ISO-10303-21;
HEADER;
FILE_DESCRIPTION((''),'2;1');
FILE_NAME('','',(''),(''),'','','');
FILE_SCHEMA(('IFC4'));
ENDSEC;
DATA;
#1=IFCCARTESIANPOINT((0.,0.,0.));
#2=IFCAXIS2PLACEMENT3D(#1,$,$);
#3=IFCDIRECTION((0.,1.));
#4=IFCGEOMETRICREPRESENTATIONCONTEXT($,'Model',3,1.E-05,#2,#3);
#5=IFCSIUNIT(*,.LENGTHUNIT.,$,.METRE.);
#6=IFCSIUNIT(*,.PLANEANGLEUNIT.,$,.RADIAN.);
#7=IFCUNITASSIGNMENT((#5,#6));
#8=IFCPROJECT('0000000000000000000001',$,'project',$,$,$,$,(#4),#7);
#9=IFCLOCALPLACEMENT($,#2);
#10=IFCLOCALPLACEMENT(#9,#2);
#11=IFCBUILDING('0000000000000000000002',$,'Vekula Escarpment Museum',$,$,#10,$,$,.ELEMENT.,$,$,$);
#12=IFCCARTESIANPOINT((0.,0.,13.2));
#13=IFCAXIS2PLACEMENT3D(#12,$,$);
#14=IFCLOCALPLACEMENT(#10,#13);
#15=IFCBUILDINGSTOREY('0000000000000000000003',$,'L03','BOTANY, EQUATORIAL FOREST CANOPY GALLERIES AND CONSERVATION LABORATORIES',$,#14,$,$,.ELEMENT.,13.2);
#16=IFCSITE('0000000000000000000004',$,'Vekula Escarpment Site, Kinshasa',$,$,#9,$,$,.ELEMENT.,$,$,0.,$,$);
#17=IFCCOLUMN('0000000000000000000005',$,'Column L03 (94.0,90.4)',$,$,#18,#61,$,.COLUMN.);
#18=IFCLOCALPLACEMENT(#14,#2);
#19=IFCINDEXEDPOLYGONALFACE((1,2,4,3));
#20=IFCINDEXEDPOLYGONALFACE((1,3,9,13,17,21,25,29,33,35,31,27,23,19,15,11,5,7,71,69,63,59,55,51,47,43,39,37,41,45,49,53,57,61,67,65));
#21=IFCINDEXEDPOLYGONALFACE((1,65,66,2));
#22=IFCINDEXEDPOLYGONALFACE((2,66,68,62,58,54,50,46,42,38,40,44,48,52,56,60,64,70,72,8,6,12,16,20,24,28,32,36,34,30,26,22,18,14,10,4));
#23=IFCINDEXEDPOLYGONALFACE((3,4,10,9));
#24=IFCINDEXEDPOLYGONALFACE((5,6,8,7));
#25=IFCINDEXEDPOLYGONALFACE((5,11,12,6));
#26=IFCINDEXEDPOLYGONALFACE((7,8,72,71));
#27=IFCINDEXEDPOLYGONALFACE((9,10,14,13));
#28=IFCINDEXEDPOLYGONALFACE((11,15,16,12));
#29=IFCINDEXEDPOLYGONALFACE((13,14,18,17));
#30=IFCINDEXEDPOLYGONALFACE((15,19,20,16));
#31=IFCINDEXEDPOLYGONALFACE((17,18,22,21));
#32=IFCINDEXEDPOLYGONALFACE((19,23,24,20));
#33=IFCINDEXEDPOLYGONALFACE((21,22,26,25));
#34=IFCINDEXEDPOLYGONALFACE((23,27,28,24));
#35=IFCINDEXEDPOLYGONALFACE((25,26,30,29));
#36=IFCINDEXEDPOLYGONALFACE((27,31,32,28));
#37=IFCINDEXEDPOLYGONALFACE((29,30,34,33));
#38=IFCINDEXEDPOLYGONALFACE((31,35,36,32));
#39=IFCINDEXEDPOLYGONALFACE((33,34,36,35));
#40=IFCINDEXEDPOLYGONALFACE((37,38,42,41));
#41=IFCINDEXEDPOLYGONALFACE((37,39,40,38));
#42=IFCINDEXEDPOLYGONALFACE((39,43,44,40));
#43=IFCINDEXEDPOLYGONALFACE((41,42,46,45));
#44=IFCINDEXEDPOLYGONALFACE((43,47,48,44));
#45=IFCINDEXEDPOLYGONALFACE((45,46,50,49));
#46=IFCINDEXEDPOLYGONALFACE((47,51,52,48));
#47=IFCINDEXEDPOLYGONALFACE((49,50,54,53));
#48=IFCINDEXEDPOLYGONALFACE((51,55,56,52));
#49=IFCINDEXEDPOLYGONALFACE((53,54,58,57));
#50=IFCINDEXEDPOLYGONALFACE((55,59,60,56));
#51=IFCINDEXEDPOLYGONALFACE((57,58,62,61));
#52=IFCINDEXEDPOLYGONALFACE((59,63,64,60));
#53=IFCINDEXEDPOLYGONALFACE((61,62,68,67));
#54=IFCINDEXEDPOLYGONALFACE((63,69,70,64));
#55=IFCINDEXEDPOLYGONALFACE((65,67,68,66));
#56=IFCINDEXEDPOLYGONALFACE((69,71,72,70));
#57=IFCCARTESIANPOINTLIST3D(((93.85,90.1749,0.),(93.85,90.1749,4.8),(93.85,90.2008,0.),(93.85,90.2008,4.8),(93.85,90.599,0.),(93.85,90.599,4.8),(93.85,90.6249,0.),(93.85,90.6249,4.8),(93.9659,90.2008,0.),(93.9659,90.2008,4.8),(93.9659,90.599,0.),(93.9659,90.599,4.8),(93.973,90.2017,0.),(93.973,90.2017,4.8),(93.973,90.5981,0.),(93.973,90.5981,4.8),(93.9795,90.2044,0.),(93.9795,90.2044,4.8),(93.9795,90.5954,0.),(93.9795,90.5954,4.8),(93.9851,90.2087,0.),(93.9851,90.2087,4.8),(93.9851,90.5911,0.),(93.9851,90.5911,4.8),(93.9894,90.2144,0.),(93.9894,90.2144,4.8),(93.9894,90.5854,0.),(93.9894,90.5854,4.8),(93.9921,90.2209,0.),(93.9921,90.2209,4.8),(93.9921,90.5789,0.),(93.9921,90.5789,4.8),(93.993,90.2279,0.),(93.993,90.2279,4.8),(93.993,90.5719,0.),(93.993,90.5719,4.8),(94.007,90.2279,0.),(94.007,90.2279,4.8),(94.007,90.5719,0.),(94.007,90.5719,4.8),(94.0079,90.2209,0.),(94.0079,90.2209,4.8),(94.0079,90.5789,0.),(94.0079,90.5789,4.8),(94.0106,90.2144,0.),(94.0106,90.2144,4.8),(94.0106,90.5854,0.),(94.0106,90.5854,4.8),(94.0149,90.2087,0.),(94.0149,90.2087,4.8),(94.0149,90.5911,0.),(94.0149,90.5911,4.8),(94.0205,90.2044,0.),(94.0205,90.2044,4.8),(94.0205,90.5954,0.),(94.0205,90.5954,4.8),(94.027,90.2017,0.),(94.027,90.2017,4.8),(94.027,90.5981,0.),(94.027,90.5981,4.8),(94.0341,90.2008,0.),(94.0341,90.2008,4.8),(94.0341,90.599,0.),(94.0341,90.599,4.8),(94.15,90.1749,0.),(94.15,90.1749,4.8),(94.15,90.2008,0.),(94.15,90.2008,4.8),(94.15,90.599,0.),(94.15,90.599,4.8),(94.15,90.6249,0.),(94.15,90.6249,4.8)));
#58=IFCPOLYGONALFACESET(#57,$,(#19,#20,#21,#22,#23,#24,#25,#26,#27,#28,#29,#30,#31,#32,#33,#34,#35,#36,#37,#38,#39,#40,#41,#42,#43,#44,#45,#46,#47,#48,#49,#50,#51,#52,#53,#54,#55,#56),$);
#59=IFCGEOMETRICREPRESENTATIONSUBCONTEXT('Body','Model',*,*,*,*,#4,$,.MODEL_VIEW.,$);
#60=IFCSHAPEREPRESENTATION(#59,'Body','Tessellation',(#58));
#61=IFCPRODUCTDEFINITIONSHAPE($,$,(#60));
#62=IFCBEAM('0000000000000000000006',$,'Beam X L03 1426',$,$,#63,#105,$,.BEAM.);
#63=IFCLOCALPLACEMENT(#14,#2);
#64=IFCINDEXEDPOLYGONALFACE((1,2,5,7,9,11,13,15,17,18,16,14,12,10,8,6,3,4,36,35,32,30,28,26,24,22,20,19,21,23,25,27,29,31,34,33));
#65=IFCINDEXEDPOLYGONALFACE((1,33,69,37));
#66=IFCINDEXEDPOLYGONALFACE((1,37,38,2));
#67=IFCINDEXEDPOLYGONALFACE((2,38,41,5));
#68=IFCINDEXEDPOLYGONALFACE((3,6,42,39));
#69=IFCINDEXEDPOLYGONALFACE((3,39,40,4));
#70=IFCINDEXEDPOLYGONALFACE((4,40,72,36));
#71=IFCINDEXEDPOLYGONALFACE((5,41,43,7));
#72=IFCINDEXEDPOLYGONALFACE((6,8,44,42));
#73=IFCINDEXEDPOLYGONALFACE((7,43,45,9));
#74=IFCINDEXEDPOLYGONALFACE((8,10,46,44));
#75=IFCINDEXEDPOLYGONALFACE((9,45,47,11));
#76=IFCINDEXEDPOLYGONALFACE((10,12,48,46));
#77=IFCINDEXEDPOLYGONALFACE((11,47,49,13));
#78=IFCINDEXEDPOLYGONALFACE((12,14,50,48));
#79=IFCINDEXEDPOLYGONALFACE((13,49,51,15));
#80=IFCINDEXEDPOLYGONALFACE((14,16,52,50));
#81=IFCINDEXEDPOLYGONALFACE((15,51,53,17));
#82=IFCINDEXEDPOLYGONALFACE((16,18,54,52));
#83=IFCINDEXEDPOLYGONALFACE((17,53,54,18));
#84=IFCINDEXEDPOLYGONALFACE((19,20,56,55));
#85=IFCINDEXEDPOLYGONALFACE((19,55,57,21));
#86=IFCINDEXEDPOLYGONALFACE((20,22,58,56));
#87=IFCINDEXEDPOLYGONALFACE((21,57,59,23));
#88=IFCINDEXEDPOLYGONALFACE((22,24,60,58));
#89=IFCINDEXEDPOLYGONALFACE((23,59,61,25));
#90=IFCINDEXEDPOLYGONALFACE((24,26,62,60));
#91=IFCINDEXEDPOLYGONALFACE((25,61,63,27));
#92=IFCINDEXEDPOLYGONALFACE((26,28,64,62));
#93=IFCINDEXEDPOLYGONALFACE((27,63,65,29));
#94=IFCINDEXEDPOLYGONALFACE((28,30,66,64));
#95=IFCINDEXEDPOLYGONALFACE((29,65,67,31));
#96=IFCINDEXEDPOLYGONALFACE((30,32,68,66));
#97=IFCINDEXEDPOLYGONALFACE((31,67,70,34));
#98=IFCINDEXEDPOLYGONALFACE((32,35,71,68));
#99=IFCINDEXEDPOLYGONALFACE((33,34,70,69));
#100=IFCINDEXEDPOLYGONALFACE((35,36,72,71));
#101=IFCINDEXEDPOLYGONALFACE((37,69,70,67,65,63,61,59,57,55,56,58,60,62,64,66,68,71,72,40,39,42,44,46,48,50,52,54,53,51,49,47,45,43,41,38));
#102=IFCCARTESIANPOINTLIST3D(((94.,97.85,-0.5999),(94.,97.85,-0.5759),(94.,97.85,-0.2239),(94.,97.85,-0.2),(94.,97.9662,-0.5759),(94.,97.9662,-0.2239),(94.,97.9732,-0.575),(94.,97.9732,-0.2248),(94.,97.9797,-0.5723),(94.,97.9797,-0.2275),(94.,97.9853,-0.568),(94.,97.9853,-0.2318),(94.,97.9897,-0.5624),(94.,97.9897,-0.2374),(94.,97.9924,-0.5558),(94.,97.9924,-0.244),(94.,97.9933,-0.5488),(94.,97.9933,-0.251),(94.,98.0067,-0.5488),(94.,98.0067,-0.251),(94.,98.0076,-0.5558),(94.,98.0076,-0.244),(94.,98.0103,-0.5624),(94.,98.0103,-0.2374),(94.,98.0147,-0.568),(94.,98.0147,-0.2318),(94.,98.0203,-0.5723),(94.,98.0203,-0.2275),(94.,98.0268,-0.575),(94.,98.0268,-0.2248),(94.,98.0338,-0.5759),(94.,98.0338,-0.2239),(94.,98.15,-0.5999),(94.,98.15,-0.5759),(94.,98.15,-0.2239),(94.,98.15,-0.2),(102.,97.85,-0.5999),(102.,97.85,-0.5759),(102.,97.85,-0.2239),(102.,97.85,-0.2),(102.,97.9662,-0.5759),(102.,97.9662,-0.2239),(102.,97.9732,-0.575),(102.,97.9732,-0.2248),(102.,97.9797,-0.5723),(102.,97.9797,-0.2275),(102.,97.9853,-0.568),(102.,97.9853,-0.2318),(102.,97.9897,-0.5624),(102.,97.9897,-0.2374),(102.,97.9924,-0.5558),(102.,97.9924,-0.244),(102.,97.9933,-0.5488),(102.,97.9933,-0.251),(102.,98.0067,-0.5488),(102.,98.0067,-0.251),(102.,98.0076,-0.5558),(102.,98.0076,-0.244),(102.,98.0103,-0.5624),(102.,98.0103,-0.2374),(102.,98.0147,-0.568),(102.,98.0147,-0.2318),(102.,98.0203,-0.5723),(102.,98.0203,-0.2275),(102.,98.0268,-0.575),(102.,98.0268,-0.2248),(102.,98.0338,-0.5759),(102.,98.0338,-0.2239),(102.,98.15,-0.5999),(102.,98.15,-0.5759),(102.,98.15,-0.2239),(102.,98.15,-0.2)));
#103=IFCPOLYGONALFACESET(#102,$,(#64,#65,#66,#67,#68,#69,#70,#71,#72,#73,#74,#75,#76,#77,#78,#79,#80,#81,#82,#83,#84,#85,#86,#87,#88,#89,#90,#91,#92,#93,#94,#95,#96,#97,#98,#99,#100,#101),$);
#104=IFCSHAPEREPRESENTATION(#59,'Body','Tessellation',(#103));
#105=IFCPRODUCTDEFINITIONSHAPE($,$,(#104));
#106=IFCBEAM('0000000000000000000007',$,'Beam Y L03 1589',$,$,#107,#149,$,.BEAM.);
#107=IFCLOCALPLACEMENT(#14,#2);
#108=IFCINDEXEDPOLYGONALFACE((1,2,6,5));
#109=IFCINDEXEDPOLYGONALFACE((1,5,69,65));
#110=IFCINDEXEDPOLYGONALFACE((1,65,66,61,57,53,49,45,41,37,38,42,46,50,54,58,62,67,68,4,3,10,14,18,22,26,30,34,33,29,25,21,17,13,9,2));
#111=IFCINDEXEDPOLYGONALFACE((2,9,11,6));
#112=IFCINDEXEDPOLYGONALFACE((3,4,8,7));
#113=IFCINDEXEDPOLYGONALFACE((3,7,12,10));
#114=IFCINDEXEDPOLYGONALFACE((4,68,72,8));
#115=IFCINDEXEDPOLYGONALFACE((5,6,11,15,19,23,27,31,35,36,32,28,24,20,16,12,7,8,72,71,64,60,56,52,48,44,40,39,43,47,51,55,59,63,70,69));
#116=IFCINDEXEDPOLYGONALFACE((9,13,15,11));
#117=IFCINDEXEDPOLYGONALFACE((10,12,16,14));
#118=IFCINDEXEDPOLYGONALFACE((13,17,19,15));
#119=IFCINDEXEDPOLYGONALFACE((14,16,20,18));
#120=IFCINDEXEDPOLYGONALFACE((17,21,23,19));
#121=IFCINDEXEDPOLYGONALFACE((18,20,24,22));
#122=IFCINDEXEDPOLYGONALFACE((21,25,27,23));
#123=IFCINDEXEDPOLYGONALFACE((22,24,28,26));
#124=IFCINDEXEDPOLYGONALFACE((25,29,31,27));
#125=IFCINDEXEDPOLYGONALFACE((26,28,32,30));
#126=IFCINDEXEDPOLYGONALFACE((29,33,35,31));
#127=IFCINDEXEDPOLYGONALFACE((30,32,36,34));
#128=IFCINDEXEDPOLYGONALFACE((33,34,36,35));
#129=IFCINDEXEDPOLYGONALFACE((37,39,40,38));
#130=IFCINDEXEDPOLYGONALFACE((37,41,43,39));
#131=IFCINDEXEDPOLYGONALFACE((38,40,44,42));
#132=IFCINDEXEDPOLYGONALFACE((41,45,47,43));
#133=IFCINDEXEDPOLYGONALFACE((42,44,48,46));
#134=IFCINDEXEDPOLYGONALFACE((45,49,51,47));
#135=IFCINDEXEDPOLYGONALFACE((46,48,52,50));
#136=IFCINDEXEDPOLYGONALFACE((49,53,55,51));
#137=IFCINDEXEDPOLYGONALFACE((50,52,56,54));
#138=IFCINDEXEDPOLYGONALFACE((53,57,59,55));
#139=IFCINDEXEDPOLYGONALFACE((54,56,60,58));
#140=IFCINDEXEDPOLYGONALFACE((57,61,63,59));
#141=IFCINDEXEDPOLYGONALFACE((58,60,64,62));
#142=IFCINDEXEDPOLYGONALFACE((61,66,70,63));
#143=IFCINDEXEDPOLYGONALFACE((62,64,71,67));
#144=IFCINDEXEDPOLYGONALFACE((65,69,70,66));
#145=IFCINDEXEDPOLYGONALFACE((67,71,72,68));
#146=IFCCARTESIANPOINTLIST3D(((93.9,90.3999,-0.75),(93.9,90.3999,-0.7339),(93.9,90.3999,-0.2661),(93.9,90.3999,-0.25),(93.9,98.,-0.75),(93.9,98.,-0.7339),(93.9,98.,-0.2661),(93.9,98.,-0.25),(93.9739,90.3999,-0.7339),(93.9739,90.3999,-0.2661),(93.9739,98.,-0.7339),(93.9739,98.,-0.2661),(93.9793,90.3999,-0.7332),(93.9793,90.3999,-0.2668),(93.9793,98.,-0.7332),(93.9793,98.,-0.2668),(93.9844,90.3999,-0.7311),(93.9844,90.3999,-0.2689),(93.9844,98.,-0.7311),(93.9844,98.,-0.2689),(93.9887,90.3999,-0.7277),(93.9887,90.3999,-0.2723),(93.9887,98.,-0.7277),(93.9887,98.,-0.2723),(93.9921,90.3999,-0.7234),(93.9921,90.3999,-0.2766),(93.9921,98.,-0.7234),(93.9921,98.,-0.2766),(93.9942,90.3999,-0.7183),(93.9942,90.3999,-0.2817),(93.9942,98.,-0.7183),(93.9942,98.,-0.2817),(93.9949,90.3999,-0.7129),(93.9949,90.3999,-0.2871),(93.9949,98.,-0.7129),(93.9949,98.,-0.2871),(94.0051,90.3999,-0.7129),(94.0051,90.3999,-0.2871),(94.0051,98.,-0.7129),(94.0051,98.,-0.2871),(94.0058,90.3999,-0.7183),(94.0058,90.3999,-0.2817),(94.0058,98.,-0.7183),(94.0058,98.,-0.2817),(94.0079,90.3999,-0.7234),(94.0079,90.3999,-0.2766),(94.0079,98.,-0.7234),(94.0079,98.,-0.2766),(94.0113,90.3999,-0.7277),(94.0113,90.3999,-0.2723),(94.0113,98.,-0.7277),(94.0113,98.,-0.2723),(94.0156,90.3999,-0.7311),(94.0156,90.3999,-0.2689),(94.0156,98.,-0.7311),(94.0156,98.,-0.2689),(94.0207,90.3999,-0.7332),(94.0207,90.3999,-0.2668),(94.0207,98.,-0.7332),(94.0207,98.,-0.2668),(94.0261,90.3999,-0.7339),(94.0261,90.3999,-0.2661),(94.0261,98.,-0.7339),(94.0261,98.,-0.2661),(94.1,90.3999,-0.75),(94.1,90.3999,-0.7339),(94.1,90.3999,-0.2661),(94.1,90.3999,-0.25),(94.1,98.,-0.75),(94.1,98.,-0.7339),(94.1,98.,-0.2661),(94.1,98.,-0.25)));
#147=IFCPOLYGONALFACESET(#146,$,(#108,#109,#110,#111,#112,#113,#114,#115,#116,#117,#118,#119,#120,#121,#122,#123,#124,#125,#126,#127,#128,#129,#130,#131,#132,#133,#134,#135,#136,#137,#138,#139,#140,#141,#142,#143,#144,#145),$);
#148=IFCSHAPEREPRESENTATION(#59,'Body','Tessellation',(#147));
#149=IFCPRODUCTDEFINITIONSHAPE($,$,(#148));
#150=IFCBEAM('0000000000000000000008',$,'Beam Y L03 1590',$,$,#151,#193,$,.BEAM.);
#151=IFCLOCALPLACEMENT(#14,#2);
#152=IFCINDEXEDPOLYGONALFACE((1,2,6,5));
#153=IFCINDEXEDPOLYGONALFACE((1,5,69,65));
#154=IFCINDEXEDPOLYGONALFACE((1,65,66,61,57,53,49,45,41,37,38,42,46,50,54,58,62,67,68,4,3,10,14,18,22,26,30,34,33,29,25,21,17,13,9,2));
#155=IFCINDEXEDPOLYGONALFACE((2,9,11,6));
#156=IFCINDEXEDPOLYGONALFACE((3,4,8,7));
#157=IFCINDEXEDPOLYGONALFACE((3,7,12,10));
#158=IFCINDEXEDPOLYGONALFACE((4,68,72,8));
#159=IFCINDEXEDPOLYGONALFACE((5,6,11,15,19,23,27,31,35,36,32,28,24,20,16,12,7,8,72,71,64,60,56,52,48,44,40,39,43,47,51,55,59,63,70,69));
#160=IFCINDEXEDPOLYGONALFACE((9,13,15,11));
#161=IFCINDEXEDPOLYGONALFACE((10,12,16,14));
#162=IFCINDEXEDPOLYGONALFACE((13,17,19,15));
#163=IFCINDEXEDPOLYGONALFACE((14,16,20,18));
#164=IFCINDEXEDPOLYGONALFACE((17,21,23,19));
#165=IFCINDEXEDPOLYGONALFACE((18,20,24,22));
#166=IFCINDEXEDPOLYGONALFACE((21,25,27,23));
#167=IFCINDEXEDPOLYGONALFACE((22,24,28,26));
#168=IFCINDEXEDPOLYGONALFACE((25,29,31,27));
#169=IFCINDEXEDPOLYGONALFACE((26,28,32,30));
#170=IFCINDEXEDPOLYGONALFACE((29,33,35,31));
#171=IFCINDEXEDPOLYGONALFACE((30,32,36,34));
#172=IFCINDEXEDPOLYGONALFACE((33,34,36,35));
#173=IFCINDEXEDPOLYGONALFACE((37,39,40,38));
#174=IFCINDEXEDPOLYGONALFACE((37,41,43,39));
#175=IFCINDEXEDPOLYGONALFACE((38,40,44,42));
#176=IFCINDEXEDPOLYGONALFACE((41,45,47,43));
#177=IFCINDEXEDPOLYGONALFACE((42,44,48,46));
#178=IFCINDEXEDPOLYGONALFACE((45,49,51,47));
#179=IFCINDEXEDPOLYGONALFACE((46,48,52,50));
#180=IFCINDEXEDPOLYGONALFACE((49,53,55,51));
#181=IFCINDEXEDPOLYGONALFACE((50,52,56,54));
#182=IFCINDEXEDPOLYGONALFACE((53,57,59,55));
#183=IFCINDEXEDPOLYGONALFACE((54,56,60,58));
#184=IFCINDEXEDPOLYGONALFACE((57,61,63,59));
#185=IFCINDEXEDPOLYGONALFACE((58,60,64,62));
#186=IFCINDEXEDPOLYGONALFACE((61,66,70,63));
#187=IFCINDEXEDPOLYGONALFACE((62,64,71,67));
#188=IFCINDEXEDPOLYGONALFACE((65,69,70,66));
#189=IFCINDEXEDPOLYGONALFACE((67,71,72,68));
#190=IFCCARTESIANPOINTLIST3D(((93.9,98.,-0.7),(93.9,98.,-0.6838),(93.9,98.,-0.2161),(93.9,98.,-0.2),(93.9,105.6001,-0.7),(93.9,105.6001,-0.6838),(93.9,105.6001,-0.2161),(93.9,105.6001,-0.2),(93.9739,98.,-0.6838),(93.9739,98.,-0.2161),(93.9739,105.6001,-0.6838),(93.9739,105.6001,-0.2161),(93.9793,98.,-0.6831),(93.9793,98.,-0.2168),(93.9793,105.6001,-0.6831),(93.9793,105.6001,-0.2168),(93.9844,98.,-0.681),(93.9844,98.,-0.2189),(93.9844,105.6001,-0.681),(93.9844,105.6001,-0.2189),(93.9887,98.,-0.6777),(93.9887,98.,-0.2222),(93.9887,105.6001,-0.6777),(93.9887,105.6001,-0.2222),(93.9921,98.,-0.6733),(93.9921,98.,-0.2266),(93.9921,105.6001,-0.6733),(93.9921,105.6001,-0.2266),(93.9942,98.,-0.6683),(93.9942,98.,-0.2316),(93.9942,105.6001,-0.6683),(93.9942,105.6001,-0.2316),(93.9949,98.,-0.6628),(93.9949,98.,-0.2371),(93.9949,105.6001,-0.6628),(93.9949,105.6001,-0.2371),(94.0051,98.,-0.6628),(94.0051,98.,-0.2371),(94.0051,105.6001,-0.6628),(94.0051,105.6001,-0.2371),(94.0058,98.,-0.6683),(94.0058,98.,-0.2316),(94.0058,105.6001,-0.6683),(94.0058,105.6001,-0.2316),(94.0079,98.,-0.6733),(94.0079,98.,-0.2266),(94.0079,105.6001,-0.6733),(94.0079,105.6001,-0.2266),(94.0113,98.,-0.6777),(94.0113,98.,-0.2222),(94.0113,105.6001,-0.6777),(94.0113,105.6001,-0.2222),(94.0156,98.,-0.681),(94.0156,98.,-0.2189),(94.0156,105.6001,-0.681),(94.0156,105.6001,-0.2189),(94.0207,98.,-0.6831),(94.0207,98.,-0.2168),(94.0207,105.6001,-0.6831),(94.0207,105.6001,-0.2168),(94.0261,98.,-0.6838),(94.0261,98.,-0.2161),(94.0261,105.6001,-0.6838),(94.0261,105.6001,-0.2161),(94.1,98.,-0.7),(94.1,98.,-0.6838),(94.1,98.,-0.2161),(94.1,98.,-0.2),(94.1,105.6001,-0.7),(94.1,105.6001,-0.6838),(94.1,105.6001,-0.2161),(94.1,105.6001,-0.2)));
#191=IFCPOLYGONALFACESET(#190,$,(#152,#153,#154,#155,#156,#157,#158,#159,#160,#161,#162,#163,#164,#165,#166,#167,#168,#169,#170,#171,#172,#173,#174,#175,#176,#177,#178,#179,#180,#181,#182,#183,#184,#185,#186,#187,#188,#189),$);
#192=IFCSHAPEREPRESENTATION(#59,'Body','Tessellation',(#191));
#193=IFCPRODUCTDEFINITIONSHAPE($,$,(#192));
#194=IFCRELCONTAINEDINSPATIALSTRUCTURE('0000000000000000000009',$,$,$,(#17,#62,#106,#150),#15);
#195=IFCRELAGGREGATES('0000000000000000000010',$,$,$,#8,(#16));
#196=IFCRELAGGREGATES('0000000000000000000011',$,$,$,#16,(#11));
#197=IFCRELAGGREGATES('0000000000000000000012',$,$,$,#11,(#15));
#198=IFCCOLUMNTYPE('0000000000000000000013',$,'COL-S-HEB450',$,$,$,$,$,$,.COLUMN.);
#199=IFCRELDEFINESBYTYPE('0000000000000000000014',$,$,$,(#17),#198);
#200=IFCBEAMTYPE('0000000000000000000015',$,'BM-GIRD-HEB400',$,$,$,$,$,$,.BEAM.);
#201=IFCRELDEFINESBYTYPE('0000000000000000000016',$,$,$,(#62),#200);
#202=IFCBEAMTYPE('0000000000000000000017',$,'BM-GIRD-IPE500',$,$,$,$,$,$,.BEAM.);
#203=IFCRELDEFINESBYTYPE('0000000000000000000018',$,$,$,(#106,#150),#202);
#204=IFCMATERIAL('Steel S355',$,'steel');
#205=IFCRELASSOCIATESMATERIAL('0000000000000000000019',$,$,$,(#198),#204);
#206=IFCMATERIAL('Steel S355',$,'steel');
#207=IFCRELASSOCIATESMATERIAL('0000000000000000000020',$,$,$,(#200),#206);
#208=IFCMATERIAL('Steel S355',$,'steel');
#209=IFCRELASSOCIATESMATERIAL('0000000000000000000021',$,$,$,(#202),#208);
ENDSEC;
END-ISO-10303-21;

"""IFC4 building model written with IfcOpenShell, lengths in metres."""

from ifc_helpers import new_model, si_unit, direction, frame, origin, origin_2d, place, context, subcontext, project, spatial, i_section, extrude, material, material_profile, profile_set, type_object, element, save


model = new_model("IFC4")

# Units and contexts
model_context = context("Model", 3, precision=1e-05, world=origin(), true_north=direction((0.0, 1.0)))
body_context = subcontext(model_context, "Body", "Model", "MODEL_VIEW")
ifc_project = project(units=[si_unit("LENGTHUNIT", "METRE"), si_unit("PLANEANGLEUNIT", "RADIAN")], contexts=[model_context])

# Site, building, storey
site_placement = place(None, origin())
site = spatial("IfcSite", under=ifc_project, at=site_placement, Name="Vekula Escarpment Site, Kinshasa", CompositionType="ELEMENT", RefElevation=0.0)
building_placement = place(site_placement, origin())
building = spatial("IfcBuilding", under=site, at=building_placement, Name="Vekula Escarpment Museum", CompositionType="ELEMENT")
storey_placement = place(building_placement, frame((0.0, 0.0, 13.2)))
storey = spatial("IfcBuildingStorey", under=building, at=storey_placement, Name="L03", Description="BOTANY, EQUATORIAL FOREST CANOPY GALLERIES AND CONSERVATION LABORATORIES", CompositionType="ELEMENT", Elevation=13.2)

# Column
ifc_material_1 = material(Name="Steel S355", Category="steel")
ifc_material_profile_1 = material_profile(ifc_material_1, i_section(OverallWidth=0.3, OverallDepth=0.45, WebThickness=0.0139, FlangeThickness=0.0259, FilletRadius=0.0271, at=origin_2d()), Name="HEB 450")
ifc_profile_set_1 = profile_set([ifc_material_profile_1], Name="Steel S355")
column_type = type_object("IfcColumnType", Name="COL-S-HEB450", PredefinedType="COLUMN", material=ifc_profile_set_1)
column_placement = place(storey_placement, frame((94.0, 90.3999, 0.0), z_axis=(0.0, 0.0, 1.0), x_axis=(1.0, 0.0, 0.0)))
element("IfcColumn", 1, at=column_placement, inside=storey, type_object=column_type, Name="Column L03 (94.0,90.4)", PredefinedType="COLUMN", context=body_context, shape_type="SweptSolid", body=[
    extrude(i_section(OverallWidth=0.3, OverallDepth=0.45, WebThickness=0.0139, FlangeThickness=0.0259, FilletRadius=0.0271, at=origin_2d()), origin(), (0.0, 0.0, 1.0), 4.8),
])

# Beams
ifc_material_2 = material(Name="Steel S355", Category="steel")
ifc_material_profile_2 = material_profile(ifc_material_2, i_section(OverallWidth=0.3, OverallDepth=0.3999, WebThickness=0.0134, FlangeThickness=0.0239, FilletRadius=0.0271, at=origin_2d()), Name="HEB 400")
ifc_profile_set_2 = profile_set([ifc_material_profile_2], Name="Steel S355")
beam_type_1 = type_object("IfcBeamType", Name="BM-GIRD-HEB400", PredefinedType="BEAM", material=ifc_profile_set_2)
beam_1_placement = place(storey_placement, frame((94.0, 98.0, -0.3999), z_axis=(1.0, 0.0, 0.0), x_axis=(0.0, 1.0, 0.0)))
element("IfcBeam", 2, at=beam_1_placement, inside=storey, type_object=beam_type_1, Name="Beam X L03 1426", PredefinedType="BEAM", context=body_context, shape_type="SweptSolid", body=[
    extrude(i_section(OverallWidth=0.3, OverallDepth=0.3999, WebThickness=0.0134, FlangeThickness=0.0239, FilletRadius=0.0271, at=origin_2d()), origin(), (0.0, 0.0, 1.0), 8.0),
])
ifc_material_3 = material(Name="Steel S355", Category="steel")
ifc_material_profile_3 = material_profile(ifc_material_3, i_section(OverallWidth=0.2, OverallDepth=0.5, WebThickness=0.0103, FlangeThickness=0.0161, FilletRadius=0.021, at=origin_2d()), Name="IPE 500")
ifc_profile_set_3 = profile_set([ifc_material_profile_3], Name="Steel S355")
beam_type_2 = type_object("IfcBeamType", Name="BM-GIRD-IPE500", PredefinedType="BEAM", material=ifc_profile_set_3)
for number, where, z_axis, x_axis, name in (
    (3, (94.0, 90.3999, -0.5), (0.0, 1.0, 0.0), (-1.0, 0.0, 0.0), "Beam Y L03 1589"),
    (4, (94.0, 98.0, -0.45), (0.0, 1.0, 0.0), (-1.0, 0.0, 0.0), "Beam Y L03 1590"),
):
    element("IfcBeam", number, at=place(storey_placement, frame(where, z_axis=z_axis, x_axis=x_axis)), inside=storey, type_object=beam_type_2, Name=name, PredefinedType="BEAM", context=body_context, shape_type="SweptSolid", body=[
        extrude(i_section(OverallWidth=0.2, OverallDepth=0.5, WebThickness=0.0103, FlangeThickness=0.0161, FilletRadius=0.021, at=origin_2d()), origin(), (0.0, 0.0, 1.0), 7.6001),
    ])

save(model, "model.ifc")
